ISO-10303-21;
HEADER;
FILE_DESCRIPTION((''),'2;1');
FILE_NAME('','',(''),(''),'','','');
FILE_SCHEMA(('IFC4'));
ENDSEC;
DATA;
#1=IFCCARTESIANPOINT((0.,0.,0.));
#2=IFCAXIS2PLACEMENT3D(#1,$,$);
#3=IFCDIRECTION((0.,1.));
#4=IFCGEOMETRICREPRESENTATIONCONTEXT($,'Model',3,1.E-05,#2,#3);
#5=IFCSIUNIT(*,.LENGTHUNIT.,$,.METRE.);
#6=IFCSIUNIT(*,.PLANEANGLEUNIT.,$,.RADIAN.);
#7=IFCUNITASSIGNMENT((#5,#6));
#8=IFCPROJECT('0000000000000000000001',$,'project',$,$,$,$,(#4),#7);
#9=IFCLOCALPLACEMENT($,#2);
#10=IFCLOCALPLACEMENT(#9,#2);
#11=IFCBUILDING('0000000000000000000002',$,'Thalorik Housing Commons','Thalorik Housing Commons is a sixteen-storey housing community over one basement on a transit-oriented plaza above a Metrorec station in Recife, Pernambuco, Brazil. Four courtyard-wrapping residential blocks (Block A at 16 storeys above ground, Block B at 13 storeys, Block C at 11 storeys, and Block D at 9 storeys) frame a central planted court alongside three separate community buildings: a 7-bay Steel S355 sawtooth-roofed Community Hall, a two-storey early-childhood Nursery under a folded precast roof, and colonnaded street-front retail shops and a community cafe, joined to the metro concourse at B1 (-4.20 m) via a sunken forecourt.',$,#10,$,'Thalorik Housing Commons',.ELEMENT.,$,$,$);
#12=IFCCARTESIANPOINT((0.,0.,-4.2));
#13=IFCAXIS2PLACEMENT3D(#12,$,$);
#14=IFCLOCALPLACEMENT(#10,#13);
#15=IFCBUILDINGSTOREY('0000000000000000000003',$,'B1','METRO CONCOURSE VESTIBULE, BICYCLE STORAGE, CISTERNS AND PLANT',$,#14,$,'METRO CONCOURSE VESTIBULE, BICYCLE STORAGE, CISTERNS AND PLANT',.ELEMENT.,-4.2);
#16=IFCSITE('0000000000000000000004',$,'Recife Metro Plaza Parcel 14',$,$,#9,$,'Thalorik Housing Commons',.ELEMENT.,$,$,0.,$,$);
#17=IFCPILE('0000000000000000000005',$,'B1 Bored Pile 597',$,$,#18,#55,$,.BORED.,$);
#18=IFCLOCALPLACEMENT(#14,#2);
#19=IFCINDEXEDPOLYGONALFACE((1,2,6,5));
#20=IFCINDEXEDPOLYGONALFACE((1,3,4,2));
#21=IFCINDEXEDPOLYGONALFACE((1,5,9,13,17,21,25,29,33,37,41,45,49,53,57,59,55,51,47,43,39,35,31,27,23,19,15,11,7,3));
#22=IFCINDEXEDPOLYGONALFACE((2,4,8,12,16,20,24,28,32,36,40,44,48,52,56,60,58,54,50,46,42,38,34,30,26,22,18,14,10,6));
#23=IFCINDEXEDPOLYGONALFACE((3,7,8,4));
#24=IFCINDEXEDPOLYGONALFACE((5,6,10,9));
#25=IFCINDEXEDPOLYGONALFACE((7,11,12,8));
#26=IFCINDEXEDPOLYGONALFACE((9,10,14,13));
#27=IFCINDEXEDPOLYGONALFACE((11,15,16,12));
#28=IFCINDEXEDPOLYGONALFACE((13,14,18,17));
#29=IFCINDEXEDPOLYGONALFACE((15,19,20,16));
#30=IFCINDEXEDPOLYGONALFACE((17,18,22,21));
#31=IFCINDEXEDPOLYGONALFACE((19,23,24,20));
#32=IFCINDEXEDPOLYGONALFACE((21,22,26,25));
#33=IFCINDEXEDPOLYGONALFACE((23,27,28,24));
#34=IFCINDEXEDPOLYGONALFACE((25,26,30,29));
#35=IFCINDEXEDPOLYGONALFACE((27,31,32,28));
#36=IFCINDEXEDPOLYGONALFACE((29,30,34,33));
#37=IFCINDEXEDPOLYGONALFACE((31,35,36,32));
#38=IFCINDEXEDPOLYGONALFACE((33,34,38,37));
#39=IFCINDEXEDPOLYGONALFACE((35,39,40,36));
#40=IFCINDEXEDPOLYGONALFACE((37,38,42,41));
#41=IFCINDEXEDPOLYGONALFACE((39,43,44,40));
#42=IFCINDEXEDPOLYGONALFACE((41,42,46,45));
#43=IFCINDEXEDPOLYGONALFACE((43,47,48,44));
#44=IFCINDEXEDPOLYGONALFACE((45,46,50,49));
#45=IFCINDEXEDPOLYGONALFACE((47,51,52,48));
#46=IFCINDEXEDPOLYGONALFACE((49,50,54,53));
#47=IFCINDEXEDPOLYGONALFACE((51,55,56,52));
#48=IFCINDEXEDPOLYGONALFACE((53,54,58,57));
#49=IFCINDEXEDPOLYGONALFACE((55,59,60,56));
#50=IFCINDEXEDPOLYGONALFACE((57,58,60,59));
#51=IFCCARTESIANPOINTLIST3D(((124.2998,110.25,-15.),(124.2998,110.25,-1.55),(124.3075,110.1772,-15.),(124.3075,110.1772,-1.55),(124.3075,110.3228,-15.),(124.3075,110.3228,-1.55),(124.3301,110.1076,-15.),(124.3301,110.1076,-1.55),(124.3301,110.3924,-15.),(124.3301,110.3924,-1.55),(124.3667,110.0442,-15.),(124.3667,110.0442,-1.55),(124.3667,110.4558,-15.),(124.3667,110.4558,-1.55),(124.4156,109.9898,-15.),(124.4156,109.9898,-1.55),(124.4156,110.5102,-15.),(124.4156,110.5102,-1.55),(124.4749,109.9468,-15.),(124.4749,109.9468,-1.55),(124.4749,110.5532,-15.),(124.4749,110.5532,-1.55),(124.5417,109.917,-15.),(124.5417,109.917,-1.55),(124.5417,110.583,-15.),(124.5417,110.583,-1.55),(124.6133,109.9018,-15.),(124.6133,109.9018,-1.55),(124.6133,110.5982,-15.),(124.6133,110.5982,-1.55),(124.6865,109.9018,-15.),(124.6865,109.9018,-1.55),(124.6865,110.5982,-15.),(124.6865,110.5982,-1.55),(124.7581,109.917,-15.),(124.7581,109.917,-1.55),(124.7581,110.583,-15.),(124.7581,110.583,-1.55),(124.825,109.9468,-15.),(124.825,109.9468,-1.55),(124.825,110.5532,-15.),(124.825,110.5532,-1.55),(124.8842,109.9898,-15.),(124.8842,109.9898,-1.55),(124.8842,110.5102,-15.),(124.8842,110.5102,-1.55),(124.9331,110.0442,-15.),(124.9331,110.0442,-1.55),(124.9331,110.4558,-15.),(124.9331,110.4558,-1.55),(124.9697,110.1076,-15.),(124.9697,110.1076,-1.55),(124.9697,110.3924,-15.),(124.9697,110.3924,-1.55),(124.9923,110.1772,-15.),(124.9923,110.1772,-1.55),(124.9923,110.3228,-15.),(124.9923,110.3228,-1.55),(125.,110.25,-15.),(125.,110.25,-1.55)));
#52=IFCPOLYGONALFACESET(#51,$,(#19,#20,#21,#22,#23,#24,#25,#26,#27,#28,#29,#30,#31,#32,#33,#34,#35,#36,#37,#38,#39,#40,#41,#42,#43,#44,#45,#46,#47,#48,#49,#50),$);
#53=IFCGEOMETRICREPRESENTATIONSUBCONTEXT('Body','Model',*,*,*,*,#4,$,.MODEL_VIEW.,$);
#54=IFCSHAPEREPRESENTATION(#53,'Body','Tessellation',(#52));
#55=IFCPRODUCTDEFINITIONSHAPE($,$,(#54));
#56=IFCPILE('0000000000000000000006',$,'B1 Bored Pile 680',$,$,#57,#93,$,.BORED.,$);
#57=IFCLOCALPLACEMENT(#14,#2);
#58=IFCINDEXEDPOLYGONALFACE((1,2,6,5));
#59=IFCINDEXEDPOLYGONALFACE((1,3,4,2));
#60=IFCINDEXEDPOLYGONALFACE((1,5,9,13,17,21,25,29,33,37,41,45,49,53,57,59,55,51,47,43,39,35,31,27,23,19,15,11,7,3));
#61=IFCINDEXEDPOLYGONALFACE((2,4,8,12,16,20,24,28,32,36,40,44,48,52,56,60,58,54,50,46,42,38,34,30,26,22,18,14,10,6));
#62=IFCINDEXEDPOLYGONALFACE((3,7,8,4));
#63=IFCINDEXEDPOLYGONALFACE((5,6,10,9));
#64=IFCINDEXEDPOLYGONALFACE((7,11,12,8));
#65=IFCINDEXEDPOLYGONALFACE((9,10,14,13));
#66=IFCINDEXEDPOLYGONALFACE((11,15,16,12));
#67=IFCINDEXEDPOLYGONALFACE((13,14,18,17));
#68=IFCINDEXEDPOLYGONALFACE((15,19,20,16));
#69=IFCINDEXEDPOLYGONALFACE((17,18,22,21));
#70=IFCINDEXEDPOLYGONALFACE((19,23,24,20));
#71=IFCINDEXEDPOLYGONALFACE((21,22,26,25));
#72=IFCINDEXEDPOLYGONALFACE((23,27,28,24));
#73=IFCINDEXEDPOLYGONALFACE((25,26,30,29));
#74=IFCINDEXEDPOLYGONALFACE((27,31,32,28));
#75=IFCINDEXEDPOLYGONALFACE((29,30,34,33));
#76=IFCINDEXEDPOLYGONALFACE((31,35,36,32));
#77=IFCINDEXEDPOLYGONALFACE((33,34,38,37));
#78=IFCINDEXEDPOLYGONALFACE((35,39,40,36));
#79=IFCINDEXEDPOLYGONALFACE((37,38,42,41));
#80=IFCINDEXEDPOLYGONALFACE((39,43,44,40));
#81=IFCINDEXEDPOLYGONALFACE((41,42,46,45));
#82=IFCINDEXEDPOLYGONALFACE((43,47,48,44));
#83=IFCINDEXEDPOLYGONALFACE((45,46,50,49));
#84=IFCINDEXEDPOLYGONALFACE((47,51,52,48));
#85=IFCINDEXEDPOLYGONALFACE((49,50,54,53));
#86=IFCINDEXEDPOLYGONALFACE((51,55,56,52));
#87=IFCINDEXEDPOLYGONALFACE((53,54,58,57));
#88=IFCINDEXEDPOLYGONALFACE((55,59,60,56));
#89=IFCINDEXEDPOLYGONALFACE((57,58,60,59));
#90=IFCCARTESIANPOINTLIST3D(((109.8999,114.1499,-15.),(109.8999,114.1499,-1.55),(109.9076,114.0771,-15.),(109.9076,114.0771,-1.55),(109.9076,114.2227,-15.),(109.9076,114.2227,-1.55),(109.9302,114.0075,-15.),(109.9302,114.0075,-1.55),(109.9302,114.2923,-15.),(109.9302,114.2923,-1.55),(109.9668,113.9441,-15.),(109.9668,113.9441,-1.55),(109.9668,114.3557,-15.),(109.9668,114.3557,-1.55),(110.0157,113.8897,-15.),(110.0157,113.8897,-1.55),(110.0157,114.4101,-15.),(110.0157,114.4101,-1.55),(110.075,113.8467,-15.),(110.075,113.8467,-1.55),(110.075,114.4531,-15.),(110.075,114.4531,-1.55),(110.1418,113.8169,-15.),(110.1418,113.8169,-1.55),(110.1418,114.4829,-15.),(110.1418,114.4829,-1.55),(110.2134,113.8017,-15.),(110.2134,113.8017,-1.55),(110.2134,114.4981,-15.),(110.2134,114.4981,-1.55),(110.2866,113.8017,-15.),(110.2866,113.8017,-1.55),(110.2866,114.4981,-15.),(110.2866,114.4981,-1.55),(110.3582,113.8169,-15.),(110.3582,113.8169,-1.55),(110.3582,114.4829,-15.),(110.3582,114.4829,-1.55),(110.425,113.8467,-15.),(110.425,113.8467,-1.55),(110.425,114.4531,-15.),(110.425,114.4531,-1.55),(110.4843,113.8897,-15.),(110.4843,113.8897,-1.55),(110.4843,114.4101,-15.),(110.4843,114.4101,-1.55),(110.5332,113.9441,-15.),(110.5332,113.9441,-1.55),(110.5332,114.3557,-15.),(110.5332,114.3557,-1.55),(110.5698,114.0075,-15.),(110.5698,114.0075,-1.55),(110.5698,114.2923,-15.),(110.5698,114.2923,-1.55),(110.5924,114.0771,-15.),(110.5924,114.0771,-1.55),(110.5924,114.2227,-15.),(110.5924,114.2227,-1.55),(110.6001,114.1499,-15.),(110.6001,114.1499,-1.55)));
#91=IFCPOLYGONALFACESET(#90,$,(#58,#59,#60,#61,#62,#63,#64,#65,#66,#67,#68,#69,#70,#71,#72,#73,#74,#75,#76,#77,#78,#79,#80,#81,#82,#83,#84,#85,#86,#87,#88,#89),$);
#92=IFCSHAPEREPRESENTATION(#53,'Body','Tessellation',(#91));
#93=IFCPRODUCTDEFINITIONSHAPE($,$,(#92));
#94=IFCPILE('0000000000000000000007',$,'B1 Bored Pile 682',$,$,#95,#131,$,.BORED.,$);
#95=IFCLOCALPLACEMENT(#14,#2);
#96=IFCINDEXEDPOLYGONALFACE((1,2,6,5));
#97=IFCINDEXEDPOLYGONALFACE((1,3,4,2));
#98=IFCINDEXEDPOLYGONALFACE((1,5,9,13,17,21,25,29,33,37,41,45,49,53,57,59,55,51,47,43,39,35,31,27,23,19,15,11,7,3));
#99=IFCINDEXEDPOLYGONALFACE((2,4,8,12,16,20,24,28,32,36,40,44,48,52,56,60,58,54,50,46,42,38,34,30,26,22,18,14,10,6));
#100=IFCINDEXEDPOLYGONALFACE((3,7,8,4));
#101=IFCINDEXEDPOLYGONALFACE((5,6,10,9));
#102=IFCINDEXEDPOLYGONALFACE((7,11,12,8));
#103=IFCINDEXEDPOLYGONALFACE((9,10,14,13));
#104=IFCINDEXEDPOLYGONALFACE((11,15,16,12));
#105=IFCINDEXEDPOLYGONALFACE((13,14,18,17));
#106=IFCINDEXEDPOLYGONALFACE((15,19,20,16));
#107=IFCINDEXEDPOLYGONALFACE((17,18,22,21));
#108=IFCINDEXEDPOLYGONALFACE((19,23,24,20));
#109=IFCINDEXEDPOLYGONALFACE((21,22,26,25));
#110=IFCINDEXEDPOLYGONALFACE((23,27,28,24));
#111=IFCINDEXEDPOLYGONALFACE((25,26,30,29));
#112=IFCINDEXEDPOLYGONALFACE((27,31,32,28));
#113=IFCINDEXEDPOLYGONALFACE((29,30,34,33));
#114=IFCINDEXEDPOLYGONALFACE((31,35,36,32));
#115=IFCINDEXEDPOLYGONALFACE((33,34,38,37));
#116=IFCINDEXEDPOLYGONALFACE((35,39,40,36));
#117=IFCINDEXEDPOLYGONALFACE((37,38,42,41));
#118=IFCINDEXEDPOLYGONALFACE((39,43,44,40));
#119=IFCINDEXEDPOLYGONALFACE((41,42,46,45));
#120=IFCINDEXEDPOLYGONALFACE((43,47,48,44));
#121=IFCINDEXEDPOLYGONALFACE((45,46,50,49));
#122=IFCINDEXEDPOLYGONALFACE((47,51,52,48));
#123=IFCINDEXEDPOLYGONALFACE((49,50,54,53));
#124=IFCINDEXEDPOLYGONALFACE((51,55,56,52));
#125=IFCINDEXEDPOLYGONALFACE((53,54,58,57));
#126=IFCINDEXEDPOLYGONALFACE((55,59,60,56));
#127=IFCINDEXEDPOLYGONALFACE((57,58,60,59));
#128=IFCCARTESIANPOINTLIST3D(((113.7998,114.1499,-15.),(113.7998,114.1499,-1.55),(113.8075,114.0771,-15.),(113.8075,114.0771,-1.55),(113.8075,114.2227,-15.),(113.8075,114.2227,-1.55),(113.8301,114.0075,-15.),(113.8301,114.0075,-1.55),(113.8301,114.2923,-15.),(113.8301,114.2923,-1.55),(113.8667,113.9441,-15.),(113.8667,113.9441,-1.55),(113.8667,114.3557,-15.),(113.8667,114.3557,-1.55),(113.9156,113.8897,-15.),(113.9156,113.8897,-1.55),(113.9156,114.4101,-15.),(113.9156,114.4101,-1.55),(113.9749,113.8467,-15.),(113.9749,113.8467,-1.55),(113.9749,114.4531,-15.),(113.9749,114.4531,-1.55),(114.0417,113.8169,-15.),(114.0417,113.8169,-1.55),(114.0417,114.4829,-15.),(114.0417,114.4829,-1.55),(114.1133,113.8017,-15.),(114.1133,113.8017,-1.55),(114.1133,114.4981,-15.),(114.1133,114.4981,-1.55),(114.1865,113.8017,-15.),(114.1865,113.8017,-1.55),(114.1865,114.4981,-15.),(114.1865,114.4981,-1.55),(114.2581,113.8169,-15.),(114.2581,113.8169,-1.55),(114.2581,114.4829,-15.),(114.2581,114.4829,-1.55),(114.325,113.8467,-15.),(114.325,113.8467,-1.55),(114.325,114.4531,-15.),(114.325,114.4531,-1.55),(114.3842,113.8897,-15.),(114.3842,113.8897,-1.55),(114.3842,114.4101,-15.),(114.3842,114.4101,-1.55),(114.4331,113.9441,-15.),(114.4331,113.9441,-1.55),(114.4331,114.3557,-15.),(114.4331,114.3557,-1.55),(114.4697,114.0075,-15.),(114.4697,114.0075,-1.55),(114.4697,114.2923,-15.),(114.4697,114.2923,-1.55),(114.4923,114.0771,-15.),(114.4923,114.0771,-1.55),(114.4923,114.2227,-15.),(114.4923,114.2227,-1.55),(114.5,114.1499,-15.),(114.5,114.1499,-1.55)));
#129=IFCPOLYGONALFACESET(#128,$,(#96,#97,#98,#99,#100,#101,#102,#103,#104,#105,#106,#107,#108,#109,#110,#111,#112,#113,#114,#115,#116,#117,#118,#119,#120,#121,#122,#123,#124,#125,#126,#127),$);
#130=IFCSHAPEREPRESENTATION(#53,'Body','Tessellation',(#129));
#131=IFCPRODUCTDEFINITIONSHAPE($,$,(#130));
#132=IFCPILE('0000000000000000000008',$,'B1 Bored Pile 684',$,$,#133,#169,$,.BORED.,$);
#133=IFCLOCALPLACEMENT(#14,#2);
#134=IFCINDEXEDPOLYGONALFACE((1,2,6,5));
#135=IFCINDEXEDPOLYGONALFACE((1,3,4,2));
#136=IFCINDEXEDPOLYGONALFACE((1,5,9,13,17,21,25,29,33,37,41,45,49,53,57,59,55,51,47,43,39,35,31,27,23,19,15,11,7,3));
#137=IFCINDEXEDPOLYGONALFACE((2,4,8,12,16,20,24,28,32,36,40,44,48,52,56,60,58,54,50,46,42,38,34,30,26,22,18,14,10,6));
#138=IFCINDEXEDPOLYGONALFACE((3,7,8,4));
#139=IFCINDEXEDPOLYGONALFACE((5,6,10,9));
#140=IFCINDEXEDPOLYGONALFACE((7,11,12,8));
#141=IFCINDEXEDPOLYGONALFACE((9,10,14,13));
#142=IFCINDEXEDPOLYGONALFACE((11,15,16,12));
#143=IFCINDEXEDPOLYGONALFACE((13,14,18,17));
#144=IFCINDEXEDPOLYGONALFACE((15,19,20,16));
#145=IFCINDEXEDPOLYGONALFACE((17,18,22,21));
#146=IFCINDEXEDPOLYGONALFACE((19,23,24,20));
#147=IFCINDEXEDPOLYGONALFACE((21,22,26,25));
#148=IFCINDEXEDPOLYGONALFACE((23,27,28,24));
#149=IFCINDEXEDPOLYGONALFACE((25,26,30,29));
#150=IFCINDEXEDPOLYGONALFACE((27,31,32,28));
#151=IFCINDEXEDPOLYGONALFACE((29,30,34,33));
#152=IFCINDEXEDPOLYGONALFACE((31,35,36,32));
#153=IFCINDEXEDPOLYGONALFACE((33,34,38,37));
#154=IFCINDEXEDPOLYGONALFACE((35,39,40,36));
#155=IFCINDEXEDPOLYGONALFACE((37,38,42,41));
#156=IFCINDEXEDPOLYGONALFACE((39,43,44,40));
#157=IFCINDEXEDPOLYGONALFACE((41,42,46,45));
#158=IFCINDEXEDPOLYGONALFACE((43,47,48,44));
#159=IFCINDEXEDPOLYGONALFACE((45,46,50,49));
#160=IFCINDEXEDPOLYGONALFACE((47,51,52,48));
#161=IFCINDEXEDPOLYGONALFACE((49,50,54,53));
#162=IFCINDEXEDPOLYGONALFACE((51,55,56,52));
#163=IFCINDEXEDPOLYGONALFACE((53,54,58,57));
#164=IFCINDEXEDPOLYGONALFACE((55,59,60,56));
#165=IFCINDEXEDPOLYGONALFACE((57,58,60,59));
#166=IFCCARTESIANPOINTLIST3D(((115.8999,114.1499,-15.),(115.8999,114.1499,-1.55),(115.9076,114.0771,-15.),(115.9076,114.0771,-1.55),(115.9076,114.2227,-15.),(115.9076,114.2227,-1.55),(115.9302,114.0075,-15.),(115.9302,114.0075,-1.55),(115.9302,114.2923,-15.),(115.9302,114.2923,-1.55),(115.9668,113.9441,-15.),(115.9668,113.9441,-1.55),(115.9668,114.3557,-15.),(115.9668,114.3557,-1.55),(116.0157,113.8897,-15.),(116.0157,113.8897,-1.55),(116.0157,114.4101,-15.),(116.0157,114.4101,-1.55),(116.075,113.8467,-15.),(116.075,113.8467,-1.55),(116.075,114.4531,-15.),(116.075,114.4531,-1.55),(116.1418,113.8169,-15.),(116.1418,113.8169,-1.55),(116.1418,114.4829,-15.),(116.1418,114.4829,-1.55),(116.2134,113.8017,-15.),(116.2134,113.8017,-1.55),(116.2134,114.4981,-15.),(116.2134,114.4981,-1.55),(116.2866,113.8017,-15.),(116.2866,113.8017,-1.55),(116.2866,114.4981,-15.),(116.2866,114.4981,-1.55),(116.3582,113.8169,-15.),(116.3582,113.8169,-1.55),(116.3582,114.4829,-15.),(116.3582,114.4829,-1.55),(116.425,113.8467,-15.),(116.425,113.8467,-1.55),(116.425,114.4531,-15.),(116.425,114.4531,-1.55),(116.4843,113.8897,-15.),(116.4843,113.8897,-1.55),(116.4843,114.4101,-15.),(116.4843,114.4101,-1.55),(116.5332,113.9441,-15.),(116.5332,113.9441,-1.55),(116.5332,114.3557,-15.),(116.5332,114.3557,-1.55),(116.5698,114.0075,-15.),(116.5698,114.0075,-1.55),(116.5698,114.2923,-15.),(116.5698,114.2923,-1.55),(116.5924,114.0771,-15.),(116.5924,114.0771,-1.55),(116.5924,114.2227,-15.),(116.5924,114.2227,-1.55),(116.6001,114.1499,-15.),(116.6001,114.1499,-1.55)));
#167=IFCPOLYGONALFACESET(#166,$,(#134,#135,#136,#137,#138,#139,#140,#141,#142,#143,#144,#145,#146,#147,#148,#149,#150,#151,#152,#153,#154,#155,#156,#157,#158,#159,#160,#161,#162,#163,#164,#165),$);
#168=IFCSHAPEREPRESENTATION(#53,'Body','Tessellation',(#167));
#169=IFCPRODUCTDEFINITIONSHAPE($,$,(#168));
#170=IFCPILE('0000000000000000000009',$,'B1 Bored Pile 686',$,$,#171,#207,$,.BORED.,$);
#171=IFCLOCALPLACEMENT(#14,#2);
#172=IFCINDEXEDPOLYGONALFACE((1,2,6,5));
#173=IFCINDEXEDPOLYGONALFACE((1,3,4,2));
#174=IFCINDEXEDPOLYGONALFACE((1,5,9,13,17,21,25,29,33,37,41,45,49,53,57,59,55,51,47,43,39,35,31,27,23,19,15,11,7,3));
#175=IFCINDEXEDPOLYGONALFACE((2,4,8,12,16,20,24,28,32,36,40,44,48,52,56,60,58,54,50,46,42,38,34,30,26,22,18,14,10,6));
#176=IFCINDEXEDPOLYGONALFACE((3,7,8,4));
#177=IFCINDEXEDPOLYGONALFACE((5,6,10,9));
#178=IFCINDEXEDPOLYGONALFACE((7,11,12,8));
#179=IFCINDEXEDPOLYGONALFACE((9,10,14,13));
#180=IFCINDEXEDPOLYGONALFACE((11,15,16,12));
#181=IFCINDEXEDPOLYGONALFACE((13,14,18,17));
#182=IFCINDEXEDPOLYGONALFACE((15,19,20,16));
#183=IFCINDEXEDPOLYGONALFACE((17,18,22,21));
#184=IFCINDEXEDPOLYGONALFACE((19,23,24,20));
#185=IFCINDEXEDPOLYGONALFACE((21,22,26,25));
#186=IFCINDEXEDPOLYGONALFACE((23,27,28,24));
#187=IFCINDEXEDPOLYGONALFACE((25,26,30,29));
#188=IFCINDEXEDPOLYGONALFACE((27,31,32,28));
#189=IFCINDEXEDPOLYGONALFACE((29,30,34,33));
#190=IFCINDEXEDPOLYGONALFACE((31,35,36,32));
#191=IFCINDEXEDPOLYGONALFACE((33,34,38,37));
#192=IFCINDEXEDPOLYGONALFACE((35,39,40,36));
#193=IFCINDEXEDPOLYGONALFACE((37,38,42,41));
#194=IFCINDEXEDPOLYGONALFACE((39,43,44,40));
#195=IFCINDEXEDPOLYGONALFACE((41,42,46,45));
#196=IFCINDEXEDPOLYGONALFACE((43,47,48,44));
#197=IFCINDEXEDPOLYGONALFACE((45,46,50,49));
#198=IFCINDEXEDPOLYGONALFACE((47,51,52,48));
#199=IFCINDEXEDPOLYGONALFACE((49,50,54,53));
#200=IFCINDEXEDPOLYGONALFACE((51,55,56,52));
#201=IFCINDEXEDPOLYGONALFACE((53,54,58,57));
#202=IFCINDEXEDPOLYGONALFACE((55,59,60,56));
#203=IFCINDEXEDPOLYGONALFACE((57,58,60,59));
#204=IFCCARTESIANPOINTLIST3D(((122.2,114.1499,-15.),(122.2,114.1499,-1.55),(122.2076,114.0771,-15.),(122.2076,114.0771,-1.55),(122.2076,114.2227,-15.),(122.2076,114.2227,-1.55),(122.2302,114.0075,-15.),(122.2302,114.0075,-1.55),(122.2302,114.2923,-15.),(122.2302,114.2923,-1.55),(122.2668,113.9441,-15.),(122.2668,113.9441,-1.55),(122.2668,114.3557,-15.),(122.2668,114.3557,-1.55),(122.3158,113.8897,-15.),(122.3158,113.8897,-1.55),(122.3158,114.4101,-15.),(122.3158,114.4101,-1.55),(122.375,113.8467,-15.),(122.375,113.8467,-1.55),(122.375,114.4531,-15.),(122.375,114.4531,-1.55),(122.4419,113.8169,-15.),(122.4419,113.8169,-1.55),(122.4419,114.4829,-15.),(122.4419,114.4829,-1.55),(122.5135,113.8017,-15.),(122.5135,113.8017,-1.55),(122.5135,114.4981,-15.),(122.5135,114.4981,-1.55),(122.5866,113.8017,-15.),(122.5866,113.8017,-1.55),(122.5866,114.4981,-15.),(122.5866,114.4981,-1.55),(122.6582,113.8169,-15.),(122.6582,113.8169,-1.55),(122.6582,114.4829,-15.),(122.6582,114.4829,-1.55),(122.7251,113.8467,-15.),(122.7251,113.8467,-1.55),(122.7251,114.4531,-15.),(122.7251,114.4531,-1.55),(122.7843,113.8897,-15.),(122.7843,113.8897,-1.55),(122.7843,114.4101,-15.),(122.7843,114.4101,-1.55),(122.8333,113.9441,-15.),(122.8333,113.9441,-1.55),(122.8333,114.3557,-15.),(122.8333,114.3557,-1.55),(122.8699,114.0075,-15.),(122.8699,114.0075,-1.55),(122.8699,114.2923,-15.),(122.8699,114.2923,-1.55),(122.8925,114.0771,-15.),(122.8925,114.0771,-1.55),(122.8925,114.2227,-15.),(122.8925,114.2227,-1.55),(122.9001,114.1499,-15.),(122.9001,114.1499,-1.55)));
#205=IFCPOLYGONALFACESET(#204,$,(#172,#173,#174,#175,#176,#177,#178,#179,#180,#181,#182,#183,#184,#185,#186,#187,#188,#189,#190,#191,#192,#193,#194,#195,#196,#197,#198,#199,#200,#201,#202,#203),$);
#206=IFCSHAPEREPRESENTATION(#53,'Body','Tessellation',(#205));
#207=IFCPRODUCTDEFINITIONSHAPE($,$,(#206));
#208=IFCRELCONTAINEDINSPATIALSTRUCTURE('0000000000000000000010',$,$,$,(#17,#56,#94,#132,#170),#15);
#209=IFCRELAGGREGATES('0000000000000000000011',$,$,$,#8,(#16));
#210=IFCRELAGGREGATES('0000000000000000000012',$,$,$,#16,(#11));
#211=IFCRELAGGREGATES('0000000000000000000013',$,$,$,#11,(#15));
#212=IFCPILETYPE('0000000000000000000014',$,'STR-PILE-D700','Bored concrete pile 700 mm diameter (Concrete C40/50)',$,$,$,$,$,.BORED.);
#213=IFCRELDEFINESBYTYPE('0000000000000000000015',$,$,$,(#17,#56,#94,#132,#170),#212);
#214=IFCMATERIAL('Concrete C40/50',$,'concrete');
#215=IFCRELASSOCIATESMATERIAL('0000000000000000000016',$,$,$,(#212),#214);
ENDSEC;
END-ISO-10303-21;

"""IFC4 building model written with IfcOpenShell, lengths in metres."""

from ifc_helpers import new_model, si_unit, direction, frame, origin, origin_2d, place, context, subcontext, project, spatial, circle, extrude, material, material_profile, profile_set, type_object, element, save


model = new_model("IFC4")

# Units and contexts
model_context = context("Model", 3, precision=1e-05, world=origin(), true_north=direction((0.0, 1.0)))
body_context = subcontext(model_context, "Body", "Model", "MODEL_VIEW")
ifc_project = project(units=[si_unit("LENGTHUNIT", "METRE"), si_unit("PLANEANGLEUNIT", "RADIAN")], contexts=[model_context])

# Site, building, storey
site_placement = place(None, origin())
site = spatial("IfcSite", under=ifc_project, at=site_placement, Name="Recife Metro Plaza Parcel 14", LongName="Thalorik Housing Commons", CompositionType="ELEMENT", RefElevation=0.0)
building_placement = place(site_placement, origin())
building = spatial("IfcBuilding", under=site, at=building_placement, Name="Thalorik Housing Commons", Description="Thalorik Housing Commons is a sixteen-storey housing community over one basement on a transit-oriented plaza above a Metrorec station in Recife, Pernambuco, Brazil. Four courtyard-wrapping residential blocks (Block A at 16 storeys above ground, Block B at 13 storeys, Block C at 11 storeys, and Block D at 9 storeys) frame a central planted court alongside three separate community buildings: a 7-bay Steel S355 sawtooth-roofed Community Hall, a two-storey early-childhood Nursery under a folded precast roof, and colonnaded street-front retail shops and a community cafe, joined to the metro concourse at B1 (-4.20 m) via a sunken forecourt.", LongName="Thalorik Housing Commons", CompositionType="ELEMENT")
storey_placement = place(building_placement, frame((0.0, 0.0, -4.2)))
storey = spatial("IfcBuildingStorey", under=building, at=storey_placement, Name="B1", Description="METRO CONCOURSE VESTIBULE, BICYCLE STORAGE, CISTERNS AND PLANT", LongName="METRO CONCOURSE VESTIBULE, BICYCLE STORAGE, CISTERNS AND PLANT", CompositionType="ELEMENT", Elevation=-4.2)

# Shared definitions
ifc_material_1 = material(Name="Concrete C40/50", Category="concrete")

# Piles
ifc_material_profile_1 = material_profile(ifc_material_1, circle(Radius=0.3501, at=origin_2d()), Name="BORED PILE D700", Category="concrete")
ifc_profile_set_1 = profile_set([ifc_material_profile_1], Name="Concrete C40/50")
pile_type = type_object("IfcPileType", Name="STR-PILE-D700", Description="Bored concrete pile 700 mm diameter (Concrete C40/50)", PredefinedType="BORED", material=ifc_profile_set_1)
for number, where, z_axis, x_axis, name in (
    (1, (124.6499, 110.25, -1.55), (0.0, 0.0, -1.0), (1.0, 0.0, 0.0), "B1 Bored Pile 597"),
    (2, (110.25, 114.1499, -1.55), (0.0, 0.0, -1.0), (1.0, 0.0, 0.0), "B1 Bored Pile 680"),
    (3, (114.1499, 114.1499, -1.55), (0.0, 0.0, -1.0), (1.0, 0.0, 0.0), "B1 Bored Pile 682"),
    (4, (116.25, 114.1499, -1.55), (0.0, 0.0, -1.0), (1.0, 0.0, 0.0), "B1 Bored Pile 684"),
    (5, (122.55, 114.1499, -1.55), (0.0, 0.0, -1.0), (1.0, 0.0, 0.0), "B1 Bored Pile 686"),
):
    element("IfcPile", number, at=place(storey_placement, frame(where, z_axis=z_axis, x_axis=x_axis)), inside=storey, type_object=pile_type, Name=name, PredefinedType="BORED", context=body_context, shape_type="SweptSolid", body=[
        extrude(circle(Radius=0.3501, at=origin_2d()), origin(), (0.0, 0.0, 1.0), 13.45),
    ])

save(model, "model.ifc")
